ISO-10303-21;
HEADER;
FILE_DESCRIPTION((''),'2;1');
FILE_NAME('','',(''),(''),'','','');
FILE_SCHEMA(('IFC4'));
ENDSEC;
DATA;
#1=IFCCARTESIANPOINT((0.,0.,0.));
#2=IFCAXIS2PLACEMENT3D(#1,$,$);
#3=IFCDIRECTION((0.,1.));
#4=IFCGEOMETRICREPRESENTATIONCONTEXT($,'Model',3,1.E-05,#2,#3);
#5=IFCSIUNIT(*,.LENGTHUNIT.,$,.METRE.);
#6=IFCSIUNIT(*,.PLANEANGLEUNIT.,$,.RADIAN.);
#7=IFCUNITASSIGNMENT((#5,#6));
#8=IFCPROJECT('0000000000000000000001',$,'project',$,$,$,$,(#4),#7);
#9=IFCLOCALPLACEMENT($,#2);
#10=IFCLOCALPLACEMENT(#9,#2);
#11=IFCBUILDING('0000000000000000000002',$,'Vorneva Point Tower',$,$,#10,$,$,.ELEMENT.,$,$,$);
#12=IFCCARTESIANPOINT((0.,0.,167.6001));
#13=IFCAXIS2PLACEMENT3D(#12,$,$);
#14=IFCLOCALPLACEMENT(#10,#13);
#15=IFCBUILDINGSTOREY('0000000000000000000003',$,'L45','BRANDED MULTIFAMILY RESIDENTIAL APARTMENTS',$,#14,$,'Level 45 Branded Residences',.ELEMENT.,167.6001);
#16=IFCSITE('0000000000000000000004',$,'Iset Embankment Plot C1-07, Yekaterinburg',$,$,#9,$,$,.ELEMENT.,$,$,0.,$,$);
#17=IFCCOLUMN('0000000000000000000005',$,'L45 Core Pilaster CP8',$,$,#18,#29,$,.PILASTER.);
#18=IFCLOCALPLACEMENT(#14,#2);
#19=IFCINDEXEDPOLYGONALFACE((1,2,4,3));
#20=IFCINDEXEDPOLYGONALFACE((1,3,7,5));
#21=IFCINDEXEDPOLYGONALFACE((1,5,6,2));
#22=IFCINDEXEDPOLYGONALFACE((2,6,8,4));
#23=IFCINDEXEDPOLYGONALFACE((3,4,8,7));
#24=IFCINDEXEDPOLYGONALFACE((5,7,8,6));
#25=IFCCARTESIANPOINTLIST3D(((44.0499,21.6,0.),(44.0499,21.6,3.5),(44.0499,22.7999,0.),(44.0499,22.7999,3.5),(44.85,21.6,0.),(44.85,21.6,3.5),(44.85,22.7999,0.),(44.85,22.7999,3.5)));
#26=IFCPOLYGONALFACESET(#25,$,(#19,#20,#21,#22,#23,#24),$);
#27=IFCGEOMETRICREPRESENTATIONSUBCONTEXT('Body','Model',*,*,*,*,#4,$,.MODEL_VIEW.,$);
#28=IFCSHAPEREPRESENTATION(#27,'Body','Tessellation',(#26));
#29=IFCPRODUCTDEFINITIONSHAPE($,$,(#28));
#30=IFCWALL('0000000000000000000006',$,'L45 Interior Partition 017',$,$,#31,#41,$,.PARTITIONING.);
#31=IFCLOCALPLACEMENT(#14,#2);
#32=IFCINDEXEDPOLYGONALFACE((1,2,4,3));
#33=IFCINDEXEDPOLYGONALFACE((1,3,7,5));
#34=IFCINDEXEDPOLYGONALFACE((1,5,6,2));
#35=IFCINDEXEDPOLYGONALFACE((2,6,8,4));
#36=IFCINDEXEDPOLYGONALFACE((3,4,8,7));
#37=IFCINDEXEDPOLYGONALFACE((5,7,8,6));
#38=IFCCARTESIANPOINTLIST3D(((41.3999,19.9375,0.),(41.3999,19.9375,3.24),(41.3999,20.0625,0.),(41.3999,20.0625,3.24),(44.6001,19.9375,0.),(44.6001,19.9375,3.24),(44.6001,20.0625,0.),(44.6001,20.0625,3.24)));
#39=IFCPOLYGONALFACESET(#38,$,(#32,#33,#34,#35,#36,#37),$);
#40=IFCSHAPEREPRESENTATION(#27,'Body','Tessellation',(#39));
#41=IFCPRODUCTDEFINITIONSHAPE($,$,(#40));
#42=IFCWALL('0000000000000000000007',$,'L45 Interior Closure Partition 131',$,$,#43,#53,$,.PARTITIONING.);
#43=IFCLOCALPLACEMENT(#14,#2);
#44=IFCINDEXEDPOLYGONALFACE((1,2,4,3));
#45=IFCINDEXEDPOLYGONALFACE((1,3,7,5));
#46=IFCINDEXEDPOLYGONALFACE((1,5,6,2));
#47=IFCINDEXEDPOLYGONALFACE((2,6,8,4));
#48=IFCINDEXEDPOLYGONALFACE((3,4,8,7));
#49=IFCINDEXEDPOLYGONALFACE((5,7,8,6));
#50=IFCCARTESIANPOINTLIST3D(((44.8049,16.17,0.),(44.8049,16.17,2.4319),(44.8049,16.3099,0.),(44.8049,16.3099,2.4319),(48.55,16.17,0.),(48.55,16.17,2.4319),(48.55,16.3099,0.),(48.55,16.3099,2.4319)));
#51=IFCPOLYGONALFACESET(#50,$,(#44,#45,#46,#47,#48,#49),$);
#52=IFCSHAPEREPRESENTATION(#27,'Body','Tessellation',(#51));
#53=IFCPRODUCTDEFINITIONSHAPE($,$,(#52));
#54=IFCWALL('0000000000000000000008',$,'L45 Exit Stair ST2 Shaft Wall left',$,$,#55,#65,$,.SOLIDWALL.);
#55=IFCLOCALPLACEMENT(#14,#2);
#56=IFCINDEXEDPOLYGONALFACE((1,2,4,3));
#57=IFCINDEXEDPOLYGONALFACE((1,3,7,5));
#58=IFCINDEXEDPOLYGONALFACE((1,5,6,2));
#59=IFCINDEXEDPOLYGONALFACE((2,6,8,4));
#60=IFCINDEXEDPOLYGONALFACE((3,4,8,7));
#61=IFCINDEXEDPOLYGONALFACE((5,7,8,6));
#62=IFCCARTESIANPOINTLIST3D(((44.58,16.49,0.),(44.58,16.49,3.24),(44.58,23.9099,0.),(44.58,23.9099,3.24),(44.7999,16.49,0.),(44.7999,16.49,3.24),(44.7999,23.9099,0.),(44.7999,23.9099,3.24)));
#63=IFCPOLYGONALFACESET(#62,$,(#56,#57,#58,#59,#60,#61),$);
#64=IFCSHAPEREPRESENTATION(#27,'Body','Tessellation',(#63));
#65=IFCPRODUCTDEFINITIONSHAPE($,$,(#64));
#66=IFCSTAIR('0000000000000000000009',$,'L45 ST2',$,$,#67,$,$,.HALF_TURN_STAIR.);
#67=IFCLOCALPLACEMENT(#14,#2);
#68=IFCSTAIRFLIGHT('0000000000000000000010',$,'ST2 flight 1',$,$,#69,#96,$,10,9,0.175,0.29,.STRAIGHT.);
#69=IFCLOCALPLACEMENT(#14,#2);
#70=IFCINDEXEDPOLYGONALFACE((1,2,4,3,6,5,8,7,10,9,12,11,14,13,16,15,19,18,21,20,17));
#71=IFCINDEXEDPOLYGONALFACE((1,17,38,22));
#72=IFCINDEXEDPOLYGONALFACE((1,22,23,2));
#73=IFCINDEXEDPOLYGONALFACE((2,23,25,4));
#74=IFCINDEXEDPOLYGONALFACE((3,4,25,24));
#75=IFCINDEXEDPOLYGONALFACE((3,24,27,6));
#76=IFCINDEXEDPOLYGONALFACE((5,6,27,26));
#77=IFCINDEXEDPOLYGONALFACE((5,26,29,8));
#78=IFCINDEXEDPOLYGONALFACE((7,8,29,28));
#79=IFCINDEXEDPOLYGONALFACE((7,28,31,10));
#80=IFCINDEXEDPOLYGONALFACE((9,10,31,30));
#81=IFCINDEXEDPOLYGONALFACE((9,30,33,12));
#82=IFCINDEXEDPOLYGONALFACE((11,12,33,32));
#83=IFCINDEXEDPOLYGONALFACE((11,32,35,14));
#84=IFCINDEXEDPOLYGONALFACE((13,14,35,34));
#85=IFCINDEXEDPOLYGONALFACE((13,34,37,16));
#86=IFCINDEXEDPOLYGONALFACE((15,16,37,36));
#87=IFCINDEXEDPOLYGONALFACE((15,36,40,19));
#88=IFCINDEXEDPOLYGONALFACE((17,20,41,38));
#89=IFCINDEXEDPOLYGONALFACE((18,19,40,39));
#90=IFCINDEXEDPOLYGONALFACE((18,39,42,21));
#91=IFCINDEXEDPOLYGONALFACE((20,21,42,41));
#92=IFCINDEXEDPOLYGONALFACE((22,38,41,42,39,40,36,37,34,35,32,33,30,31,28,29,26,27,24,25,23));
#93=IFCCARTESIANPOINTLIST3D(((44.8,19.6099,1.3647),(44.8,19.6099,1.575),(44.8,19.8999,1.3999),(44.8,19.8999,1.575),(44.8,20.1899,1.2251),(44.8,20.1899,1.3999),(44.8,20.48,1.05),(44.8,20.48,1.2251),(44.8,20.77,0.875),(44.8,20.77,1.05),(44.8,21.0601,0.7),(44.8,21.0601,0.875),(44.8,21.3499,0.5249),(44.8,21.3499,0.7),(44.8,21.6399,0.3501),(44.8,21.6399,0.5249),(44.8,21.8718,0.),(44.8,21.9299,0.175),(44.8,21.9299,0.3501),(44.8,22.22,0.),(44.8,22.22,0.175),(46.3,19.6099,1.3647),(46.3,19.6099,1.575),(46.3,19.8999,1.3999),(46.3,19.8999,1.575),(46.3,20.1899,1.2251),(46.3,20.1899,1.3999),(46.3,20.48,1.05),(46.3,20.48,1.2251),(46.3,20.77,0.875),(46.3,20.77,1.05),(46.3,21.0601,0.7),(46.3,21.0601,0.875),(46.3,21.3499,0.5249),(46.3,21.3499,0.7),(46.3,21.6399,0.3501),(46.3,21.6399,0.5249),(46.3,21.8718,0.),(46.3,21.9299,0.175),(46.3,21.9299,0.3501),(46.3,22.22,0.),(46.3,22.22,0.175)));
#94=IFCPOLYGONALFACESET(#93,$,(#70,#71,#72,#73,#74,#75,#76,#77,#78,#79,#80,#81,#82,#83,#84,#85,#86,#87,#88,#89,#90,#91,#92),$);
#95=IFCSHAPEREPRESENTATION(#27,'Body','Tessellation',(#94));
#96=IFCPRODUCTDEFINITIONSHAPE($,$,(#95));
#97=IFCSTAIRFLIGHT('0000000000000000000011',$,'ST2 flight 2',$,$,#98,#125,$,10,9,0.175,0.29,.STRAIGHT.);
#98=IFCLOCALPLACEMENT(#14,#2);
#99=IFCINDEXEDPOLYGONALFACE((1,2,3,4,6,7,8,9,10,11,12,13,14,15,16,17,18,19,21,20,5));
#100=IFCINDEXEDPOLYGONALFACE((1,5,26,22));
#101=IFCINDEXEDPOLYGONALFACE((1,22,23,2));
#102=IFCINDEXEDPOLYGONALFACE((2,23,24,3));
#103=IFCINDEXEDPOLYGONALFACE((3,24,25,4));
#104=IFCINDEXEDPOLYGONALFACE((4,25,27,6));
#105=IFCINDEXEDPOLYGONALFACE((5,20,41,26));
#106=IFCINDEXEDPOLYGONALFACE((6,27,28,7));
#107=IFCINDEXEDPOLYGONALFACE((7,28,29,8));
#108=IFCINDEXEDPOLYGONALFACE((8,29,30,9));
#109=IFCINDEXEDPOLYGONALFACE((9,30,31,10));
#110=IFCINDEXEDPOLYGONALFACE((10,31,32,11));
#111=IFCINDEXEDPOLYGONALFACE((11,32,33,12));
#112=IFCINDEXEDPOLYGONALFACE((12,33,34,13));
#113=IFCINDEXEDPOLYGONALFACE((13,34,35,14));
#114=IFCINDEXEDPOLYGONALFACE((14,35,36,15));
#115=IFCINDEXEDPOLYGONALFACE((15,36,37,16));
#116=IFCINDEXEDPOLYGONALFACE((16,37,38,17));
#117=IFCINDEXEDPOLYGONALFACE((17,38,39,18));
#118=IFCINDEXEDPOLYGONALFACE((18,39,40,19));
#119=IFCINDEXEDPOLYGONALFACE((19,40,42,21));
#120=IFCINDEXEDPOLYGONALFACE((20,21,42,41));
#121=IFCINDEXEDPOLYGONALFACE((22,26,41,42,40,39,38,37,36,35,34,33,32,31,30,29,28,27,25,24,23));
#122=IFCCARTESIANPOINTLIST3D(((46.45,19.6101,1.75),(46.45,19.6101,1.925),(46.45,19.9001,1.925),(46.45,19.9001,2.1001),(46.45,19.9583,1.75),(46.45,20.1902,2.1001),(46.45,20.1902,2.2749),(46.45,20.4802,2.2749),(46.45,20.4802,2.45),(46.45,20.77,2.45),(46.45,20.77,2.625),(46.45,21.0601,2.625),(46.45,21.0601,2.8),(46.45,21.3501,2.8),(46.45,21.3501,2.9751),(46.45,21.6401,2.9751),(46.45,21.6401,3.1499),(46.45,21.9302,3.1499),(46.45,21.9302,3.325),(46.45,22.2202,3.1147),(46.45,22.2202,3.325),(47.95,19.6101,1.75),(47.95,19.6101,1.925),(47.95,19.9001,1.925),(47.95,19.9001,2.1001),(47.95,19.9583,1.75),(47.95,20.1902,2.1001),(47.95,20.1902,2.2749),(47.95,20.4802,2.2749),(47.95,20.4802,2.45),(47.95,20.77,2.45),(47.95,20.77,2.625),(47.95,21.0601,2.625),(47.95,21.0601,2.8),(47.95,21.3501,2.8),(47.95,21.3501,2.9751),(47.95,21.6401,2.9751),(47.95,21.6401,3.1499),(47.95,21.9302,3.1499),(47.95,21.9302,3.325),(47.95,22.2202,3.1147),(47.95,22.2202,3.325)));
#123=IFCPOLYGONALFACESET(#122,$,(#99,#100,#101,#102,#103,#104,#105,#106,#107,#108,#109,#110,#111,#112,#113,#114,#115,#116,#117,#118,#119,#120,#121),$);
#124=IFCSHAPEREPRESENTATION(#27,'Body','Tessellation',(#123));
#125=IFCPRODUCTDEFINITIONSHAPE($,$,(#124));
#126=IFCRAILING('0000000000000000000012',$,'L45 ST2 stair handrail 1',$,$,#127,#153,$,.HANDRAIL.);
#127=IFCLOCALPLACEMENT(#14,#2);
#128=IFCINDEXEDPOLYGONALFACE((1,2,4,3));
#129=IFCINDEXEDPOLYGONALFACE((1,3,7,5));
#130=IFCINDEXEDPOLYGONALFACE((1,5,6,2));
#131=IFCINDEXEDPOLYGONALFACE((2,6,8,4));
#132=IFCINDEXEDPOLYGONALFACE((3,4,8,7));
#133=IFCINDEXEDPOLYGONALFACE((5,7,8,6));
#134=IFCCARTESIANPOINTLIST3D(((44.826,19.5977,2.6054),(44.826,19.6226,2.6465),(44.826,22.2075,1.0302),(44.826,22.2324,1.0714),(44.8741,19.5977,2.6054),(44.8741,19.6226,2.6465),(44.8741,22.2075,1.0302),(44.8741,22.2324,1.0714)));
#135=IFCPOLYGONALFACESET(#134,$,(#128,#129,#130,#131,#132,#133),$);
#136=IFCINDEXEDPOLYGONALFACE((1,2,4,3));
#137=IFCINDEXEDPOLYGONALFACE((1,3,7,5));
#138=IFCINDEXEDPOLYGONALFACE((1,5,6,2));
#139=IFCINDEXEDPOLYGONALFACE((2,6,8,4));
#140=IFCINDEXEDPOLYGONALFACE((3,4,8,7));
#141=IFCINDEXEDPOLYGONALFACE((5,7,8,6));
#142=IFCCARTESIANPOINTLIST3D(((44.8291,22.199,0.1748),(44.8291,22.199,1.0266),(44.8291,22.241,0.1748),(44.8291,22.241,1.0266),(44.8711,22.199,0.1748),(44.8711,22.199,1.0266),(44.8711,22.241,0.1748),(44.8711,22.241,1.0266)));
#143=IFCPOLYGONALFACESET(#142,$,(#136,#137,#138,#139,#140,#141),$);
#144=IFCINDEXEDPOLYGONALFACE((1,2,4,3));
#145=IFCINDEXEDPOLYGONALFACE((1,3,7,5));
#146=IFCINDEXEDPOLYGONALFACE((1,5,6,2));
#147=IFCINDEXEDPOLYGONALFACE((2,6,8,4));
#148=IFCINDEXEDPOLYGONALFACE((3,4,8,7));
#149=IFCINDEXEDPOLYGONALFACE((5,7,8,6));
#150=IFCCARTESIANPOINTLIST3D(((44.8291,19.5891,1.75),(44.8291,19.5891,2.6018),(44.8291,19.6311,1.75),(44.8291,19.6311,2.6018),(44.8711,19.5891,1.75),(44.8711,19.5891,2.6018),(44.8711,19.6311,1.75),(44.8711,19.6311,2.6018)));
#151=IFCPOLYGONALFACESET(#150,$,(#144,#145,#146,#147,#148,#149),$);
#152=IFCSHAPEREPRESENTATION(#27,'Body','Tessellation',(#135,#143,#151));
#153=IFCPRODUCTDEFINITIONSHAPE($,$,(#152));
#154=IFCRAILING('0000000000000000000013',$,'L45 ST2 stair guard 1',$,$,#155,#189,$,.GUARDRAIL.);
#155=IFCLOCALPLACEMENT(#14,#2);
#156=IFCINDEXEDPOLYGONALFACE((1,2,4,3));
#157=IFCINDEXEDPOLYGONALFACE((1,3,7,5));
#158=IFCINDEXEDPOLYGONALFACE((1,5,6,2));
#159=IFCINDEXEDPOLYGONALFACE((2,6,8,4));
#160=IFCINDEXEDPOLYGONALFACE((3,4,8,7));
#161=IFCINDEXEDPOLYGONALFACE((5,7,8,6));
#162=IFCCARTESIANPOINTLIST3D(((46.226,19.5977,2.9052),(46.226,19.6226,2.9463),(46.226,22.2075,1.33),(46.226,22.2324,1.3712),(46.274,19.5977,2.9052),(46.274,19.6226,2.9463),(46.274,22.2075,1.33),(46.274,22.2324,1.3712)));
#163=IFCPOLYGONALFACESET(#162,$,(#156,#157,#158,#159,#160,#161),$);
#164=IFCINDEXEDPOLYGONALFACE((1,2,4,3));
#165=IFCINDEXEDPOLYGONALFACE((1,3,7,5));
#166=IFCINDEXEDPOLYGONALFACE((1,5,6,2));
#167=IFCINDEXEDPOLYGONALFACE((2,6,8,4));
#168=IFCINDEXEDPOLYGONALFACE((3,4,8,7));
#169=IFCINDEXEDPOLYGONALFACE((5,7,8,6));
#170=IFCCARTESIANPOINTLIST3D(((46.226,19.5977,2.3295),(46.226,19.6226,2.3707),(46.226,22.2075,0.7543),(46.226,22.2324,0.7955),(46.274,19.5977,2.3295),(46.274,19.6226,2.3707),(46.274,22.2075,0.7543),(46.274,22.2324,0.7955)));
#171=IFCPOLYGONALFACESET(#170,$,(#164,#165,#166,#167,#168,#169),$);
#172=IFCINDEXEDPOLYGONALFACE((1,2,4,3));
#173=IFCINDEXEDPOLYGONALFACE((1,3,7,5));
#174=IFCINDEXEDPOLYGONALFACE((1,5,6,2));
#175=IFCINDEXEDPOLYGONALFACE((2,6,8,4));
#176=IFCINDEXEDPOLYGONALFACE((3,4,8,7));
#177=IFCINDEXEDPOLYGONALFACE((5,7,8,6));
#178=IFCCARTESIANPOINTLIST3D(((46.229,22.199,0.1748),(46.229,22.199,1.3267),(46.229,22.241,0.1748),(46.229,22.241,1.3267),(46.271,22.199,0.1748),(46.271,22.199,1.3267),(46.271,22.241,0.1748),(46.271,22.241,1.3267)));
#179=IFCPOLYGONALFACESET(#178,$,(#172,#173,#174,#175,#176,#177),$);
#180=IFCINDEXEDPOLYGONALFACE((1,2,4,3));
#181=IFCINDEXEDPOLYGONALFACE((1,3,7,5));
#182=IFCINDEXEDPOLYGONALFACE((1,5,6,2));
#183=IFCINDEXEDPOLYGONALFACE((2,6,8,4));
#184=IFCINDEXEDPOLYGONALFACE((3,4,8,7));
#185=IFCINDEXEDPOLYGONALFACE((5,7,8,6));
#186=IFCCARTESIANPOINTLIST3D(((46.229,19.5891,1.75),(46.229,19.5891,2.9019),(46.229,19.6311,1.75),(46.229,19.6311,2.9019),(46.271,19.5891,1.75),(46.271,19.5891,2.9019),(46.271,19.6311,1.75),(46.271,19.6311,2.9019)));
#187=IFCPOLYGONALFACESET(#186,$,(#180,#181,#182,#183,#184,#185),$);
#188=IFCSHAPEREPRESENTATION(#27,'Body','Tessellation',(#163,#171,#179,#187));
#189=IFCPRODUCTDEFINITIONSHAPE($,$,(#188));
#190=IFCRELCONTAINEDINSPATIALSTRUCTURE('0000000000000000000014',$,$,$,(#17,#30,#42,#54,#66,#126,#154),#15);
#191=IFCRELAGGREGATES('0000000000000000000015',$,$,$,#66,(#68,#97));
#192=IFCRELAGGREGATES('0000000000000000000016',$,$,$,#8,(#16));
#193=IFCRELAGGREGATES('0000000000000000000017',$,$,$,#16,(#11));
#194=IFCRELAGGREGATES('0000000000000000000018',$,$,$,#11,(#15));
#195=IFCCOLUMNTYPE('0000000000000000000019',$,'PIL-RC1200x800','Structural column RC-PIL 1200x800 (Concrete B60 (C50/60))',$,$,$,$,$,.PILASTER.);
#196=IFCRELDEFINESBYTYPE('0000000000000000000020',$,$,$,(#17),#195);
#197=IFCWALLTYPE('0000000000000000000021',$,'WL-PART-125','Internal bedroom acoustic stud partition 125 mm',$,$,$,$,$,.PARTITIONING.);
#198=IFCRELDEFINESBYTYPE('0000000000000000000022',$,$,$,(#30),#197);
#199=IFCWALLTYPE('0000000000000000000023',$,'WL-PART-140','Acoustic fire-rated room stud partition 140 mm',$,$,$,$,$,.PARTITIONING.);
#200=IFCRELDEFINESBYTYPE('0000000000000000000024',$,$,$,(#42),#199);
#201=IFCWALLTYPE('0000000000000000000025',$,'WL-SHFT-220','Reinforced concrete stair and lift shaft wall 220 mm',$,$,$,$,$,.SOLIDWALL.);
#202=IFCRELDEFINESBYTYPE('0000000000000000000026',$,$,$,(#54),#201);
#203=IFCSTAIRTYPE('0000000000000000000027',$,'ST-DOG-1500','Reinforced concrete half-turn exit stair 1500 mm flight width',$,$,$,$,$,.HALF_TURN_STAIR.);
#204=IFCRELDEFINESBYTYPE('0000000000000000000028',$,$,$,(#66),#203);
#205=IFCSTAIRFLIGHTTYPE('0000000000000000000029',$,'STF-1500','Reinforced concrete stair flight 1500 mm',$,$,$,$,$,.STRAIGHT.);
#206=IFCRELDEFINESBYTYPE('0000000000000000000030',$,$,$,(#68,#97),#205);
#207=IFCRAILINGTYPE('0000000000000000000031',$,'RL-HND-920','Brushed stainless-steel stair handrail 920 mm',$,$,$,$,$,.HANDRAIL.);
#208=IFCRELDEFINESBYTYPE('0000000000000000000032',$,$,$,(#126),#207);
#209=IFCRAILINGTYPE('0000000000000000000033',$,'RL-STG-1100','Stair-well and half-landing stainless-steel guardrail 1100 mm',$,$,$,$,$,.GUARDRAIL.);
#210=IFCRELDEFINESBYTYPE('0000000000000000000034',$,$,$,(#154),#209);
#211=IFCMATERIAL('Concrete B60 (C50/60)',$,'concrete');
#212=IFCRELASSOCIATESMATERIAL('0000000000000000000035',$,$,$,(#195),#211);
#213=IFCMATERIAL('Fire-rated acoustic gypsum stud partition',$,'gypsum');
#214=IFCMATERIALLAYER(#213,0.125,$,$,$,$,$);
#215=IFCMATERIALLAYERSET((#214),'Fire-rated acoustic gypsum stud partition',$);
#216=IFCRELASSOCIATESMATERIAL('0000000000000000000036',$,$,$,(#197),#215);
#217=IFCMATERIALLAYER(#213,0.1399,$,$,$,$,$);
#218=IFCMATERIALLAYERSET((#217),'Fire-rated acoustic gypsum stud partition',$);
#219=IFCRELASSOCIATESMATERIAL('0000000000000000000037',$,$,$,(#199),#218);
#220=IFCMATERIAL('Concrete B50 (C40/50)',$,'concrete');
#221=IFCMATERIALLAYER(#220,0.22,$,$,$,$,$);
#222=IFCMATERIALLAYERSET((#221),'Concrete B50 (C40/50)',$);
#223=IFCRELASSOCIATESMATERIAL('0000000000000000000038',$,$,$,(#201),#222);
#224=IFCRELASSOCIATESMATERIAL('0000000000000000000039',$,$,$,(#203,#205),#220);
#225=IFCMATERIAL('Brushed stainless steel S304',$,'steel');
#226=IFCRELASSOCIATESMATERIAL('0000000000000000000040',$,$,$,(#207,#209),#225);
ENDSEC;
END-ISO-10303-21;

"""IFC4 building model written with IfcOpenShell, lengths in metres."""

from ifc_helpers import new_model, si_unit, direction, frame, frame_2d, origin, origin_2d, place, context, subcontext, project, spatial, polyline, rectangle, outline, extrude, material, layer, layer_set, material_profile, profile_set, type_object, element, aggregate, save


model = new_model("IFC4")

# Units and contexts
model_context = context("Model", 3, precision=1e-05, world=origin(), true_north=direction((0.0, 1.0)))
body_context = subcontext(model_context, "Body", "Model", "MODEL_VIEW")
ifc_project = project(units=[si_unit("LENGTHUNIT", "METRE"), si_unit("PLANEANGLEUNIT", "RADIAN")], contexts=[model_context])

# Site, building, storey
site_placement = place(None, origin())
site = spatial("IfcSite", under=ifc_project, at=site_placement, Name="Iset Embankment Plot C1-07, Yekaterinburg", CompositionType="ELEMENT", RefElevation=0.0)
building_placement = place(site_placement, origin())
building = spatial("IfcBuilding", under=site, at=building_placement, Name="Vorneva Point Tower", CompositionType="ELEMENT")
storey_placement = place(building_placement, frame((0.0, 0.0, 167.6001)))
storey = spatial("IfcBuildingStorey", under=building, at=storey_placement, Name="L45", Description="BRANDED MULTIFAMILY RESIDENTIAL APARTMENTS", LongName="Level 45 Branded Residences", CompositionType="ELEMENT", Elevation=167.6001)

# Column
ifc_material_1 = material(Name="Concrete B60 (C50/60)", Category="concrete")
ifc_material_profile = material_profile(ifc_material_1, rectangle(XDim=0.8, YDim=1.2, at=origin_2d()), Name="RC-PIL 1200x800")
ifc_profile_set = profile_set([ifc_material_profile], Name="Concrete B60 (C50/60)")
column_type = type_object("IfcColumnType", Name="PIL-RC1200x800", Description="Structural column RC-PIL 1200x800 (Concrete B60 (C50/60))", PredefinedType="PILASTER", material=ifc_profile_set)
column_placement = place(storey_placement, frame((44.45, 22.2, 0.0), z_axis=(0.0, 0.0, 1.0), x_axis=(1.0, 0.0, 0.0)))
element("IfcColumn", 1, at=column_placement, inside=storey, type_object=column_type, Name="L45 Core Pilaster CP8", PredefinedType="PILASTER", context=body_context, shape_type="SweptSolid", body=[
    extrude(rectangle(XDim=0.8, YDim=1.2, at=origin_2d()), origin(), (0.0, 0.0, 1.0), 3.5),
])

# Walls
ifc_material_2 = material(Name="Fire-rated acoustic gypsum stud partition", Category="gypsum")
ifc_layer_1 = layer(ifc_material_2, 0.125)
ifc_layer_set_1 = layer_set([ifc_layer_1], Name="Fire-rated acoustic gypsum stud partition")
wall_type_1 = type_object("IfcWallType", Name="WL-PART-125", Description="Internal bedroom acoustic stud partition 125 mm", PredefinedType="PARTITIONING", material=ifc_layer_set_1)
wall_1_placement = place(storey_placement, frame((44.6001, 20.0, 0.0), z_axis=(0.0, 0.0, 1.0), x_axis=(-1.0, 0.0, 0.0)))
element("IfcWall", 2, at=wall_1_placement, inside=storey, type_object=wall_type_1, Name="L45 Interior Partition 017", PredefinedType="PARTITIONING", context=body_context, shape_type="SweptSolid", body=[
    extrude(rectangle(XDim=3.2002, YDim=0.125, at=frame_2d((1.6001, 0.0))), origin(), (0.0, 0.0, 1.0), 3.24),
])
ifc_layer_2 = layer(ifc_material_2, 0.1399)
ifc_layer_set_2 = layer_set([ifc_layer_2], Name="Fire-rated acoustic gypsum stud partition")
wall_type_2 = type_object("IfcWallType", Name="WL-PART-140", Description="Acoustic fire-rated room stud partition 140 mm", PredefinedType="PARTITIONING", material=ifc_layer_set_2)
wall_2_placement = place(storey_placement, frame((44.8049, 16.24, 0.0), z_axis=(0.0, 0.0, 1.0), x_axis=(1.0, 0.0, 0.0)))
element("IfcWall", 3, at=wall_2_placement, inside=storey, type_object=wall_type_2, Name="L45 Interior Closure Partition 131", PredefinedType="PARTITIONING", context=body_context, shape_type="SweptSolid", body=[
    extrude(rectangle(XDim=3.7451, YDim=0.1399, at=frame_2d((1.8726, 0.0))), origin(), (0.0, 0.0, 1.0), 2.4319),
])

# Shared definitions
ifc_material_3 = material(Name="Concrete B50 (C40/50)", Category="concrete")
ifc_layer_3 = layer(ifc_material_3, 0.22)
ifc_layer_set_3 = layer_set([ifc_layer_3], Name="Concrete B50 (C40/50)")
wall_type_3 = type_object("IfcWallType", Name="WL-SHFT-220", Description="Reinforced concrete stair and lift shaft wall 220 mm", PredefinedType="SOLIDWALL", material=ifc_layer_set_3)

# Wall
wall_3_placement = place(storey_placement, frame((44.6899, 16.49, 0.0), z_axis=(0.0, 0.0, 1.0), x_axis=(0.0, 1.0, 0.0)))
element("IfcWall", 4, at=wall_3_placement, inside=storey, type_object=wall_type_3, Name="L45 Exit Stair ST2 Shaft Wall left", PredefinedType="SOLIDWALL", context=body_context, shape_type="SweptSolid", body=[
    extrude(rectangle(XDim=7.4199, YDim=0.22, at=frame_2d((3.71, 0.0))), origin(), (0.0, 0.0, 1.0), 3.24),
])

# Stair, stair flights
stair_type = type_object("IfcStairType", Name="ST-DOG-1500", Description="Reinforced concrete half-turn exit stair 1500 mm flight width", PredefinedType="HALF_TURN_STAIR", material=ifc_material_3)
stair_placement = place(storey_placement, origin())
stair = element("IfcStair", 5, at=stair_placement, inside=storey, type_object=stair_type, Name="L45 ST2", PredefinedType="HALF_TURN_STAIR")
stair_flight_type = type_object("IfcStairFlightType", Name="STF-1500", Description="Reinforced concrete stair flight 1500 mm", PredefinedType="STRAIGHT", material=ifc_material_3)
stair_flight_1_placement = place(storey_placement, frame((45.55, 22.22, 0.0), z_axis=(0.0, 0.0, 1.0), x_axis=(0.0, -1.0, 0.0)))
stair_flight_1 = element("IfcStairFlight", 6, at=stair_flight_1_placement, type_object=stair_flight_type, Name="ST2 flight 1", NumberOfRisers=10, NumberOfTreads=9, PredefinedType="STRAIGHT", RiserHeight=0.175, TreadLength=0.29, context=body_context, shape_type="SweptSolid", body=[
    extrude(outline(polyline([(0.0, 0.0), (0.0, 0.175), (0.29, 0.175), (0.29, 0.3501), (0.5801, 0.3501), (0.5801, 0.5249), (0.8701, 0.5249), (0.8701, 0.7), (1.1599, 0.7), (1.1599, 0.875), (1.45, 0.875), (1.45, 1.05), (1.74, 1.05), (1.74, 1.2251), (2.03, 1.2251), (2.03, 1.3999), (2.3201, 1.3999), (2.3201, 1.575), (2.6101, 1.575), (2.6101, 1.75), (2.6101, 1.3647), (0.3481, 0.0), (0.0, 0.0)])), frame((0.0, 0.75, 0.0), z_axis=(0.0, -1.0, 0.0), x_axis=(1.0, 0.0, 0.0)), (0.0, 0.0, 1.0), 1.5),
])
stair_flight_2_placement = place(storey_placement, frame((47.2, 19.6101, 1.75), z_axis=(0.0, 0.0, 1.0), x_axis=(0.0, 1.0, 0.0)))
stair_flight_2 = element("IfcStairFlight", 7, at=stair_flight_2_placement, type_object=stair_flight_type, Name="ST2 flight 2", NumberOfRisers=10, NumberOfTreads=9, PredefinedType="STRAIGHT", RiserHeight=0.175, TreadLength=0.29, context=body_context, shape_type="SweptSolid", body=[
    extrude(outline(polyline([(0.0, 0.0), (0.0, 0.175), (0.29, 0.175), (0.29, 0.3501), (0.5801, 0.3501), (0.5801, 0.5249), (0.8701, 0.5249), (0.8701, 0.7), (1.1599, 0.7), (1.1599, 0.875), (1.45, 0.875), (1.45, 1.05), (1.74, 1.05), (1.74, 1.2251), (2.03, 1.2251), (2.03, 1.3999), (2.3201, 1.3999), (2.3201, 1.575), (2.6101, 1.575), (2.6101, 1.75), (2.6101, 1.3647), (0.3481, 0.0), (0.0, 0.0)])), frame((0.0, 0.75, 0.0), z_axis=(0.0, -1.0, 0.0), x_axis=(1.0, 0.0, 0.0)), (0.0, 0.0, 1.0), 1.5),
])
aggregate(stair, [stair_flight_1, stair_flight_2])

# Railings
ifc_material_4 = material(Name="Brushed stainless steel S304", Category="steel")
railing_type_1 = type_object("IfcRailingType", Name="RL-HND-920", Description="Brushed stainless-steel stair handrail 920 mm", PredefinedType="HANDRAIL", material=ifc_material_4)
railing_1_placement = place(storey_placement, frame((44.8501, 22.22, 0.1748)))
element("IfcRailing", 8, at=railing_1_placement, inside=storey, type_object=railing_type_1, Name="L45 ST2 stair handrail 1", PredefinedType="HANDRAIL", context=body_context, shape_type="SweptSolid", body=[
    extrude(rectangle(XDim=0.0481, YDim=0.0481, at=origin_2d()), frame((0.0, 0.0, 0.876), z_axis=(0.0, -0.856147, 0.516732), x_axis=(1.0, 0.0, 0.0)), (0.0, 0.0, 1.0), 3.0483),
    extrude(rectangle(XDim=0.042, YDim=0.042, at=origin_2d()), origin(), (0.0, 0.0, 1.0), 0.8518),
    extrude(rectangle(XDim=0.042, YDim=0.042, at=origin_2d()), frame((0.0, -2.6099, 1.5752)), (0.0, 0.0, 1.0), 0.8518),
])
railing_type_2 = type_object("IfcRailingType", Name="RL-STG-1100", Description="Stair-well and half-landing stainless-steel guardrail 1100 mm", PredefinedType="GUARDRAIL", material=ifc_material_4)
railing_2_placement = place(storey_placement, frame((46.25, 22.22, 0.1748)))
element("IfcRailing", 9, at=railing_2_placement, inside=storey, type_object=railing_type_2, Name="L45 ST2 stair guard 1", PredefinedType="GUARDRAIL", context=body_context, shape_type="SweptSolid", body=[
    extrude(rectangle(XDim=0.0481, YDim=0.0481, at=origin_2d()), frame((0.0, 0.0, 1.1758), z_axis=(0.0, -0.856147, 0.516732), x_axis=(1.0, 0.0, 0.0)), (0.0, 0.0, 1.0), 3.0483),
    extrude(rectangle(XDim=0.0481, YDim=0.0481, at=origin_2d()), frame((0.0, 0.0, 0.6001), z_axis=(0.0, -0.856147, 0.516732), x_axis=(1.0, 0.0, 0.0)), (0.0, 0.0, 1.0), 3.0483),
    extrude(rectangle(XDim=0.042, YDim=0.042, at=origin_2d()), origin(), (0.0, 0.0, 1.0), 1.1519),
    extrude(rectangle(XDim=0.042, YDim=0.042, at=origin_2d()), frame((0.0, -2.6099, 1.5752)), (0.0, 0.0, 1.0), 1.1519),
])

save(model, "model.ifc")
